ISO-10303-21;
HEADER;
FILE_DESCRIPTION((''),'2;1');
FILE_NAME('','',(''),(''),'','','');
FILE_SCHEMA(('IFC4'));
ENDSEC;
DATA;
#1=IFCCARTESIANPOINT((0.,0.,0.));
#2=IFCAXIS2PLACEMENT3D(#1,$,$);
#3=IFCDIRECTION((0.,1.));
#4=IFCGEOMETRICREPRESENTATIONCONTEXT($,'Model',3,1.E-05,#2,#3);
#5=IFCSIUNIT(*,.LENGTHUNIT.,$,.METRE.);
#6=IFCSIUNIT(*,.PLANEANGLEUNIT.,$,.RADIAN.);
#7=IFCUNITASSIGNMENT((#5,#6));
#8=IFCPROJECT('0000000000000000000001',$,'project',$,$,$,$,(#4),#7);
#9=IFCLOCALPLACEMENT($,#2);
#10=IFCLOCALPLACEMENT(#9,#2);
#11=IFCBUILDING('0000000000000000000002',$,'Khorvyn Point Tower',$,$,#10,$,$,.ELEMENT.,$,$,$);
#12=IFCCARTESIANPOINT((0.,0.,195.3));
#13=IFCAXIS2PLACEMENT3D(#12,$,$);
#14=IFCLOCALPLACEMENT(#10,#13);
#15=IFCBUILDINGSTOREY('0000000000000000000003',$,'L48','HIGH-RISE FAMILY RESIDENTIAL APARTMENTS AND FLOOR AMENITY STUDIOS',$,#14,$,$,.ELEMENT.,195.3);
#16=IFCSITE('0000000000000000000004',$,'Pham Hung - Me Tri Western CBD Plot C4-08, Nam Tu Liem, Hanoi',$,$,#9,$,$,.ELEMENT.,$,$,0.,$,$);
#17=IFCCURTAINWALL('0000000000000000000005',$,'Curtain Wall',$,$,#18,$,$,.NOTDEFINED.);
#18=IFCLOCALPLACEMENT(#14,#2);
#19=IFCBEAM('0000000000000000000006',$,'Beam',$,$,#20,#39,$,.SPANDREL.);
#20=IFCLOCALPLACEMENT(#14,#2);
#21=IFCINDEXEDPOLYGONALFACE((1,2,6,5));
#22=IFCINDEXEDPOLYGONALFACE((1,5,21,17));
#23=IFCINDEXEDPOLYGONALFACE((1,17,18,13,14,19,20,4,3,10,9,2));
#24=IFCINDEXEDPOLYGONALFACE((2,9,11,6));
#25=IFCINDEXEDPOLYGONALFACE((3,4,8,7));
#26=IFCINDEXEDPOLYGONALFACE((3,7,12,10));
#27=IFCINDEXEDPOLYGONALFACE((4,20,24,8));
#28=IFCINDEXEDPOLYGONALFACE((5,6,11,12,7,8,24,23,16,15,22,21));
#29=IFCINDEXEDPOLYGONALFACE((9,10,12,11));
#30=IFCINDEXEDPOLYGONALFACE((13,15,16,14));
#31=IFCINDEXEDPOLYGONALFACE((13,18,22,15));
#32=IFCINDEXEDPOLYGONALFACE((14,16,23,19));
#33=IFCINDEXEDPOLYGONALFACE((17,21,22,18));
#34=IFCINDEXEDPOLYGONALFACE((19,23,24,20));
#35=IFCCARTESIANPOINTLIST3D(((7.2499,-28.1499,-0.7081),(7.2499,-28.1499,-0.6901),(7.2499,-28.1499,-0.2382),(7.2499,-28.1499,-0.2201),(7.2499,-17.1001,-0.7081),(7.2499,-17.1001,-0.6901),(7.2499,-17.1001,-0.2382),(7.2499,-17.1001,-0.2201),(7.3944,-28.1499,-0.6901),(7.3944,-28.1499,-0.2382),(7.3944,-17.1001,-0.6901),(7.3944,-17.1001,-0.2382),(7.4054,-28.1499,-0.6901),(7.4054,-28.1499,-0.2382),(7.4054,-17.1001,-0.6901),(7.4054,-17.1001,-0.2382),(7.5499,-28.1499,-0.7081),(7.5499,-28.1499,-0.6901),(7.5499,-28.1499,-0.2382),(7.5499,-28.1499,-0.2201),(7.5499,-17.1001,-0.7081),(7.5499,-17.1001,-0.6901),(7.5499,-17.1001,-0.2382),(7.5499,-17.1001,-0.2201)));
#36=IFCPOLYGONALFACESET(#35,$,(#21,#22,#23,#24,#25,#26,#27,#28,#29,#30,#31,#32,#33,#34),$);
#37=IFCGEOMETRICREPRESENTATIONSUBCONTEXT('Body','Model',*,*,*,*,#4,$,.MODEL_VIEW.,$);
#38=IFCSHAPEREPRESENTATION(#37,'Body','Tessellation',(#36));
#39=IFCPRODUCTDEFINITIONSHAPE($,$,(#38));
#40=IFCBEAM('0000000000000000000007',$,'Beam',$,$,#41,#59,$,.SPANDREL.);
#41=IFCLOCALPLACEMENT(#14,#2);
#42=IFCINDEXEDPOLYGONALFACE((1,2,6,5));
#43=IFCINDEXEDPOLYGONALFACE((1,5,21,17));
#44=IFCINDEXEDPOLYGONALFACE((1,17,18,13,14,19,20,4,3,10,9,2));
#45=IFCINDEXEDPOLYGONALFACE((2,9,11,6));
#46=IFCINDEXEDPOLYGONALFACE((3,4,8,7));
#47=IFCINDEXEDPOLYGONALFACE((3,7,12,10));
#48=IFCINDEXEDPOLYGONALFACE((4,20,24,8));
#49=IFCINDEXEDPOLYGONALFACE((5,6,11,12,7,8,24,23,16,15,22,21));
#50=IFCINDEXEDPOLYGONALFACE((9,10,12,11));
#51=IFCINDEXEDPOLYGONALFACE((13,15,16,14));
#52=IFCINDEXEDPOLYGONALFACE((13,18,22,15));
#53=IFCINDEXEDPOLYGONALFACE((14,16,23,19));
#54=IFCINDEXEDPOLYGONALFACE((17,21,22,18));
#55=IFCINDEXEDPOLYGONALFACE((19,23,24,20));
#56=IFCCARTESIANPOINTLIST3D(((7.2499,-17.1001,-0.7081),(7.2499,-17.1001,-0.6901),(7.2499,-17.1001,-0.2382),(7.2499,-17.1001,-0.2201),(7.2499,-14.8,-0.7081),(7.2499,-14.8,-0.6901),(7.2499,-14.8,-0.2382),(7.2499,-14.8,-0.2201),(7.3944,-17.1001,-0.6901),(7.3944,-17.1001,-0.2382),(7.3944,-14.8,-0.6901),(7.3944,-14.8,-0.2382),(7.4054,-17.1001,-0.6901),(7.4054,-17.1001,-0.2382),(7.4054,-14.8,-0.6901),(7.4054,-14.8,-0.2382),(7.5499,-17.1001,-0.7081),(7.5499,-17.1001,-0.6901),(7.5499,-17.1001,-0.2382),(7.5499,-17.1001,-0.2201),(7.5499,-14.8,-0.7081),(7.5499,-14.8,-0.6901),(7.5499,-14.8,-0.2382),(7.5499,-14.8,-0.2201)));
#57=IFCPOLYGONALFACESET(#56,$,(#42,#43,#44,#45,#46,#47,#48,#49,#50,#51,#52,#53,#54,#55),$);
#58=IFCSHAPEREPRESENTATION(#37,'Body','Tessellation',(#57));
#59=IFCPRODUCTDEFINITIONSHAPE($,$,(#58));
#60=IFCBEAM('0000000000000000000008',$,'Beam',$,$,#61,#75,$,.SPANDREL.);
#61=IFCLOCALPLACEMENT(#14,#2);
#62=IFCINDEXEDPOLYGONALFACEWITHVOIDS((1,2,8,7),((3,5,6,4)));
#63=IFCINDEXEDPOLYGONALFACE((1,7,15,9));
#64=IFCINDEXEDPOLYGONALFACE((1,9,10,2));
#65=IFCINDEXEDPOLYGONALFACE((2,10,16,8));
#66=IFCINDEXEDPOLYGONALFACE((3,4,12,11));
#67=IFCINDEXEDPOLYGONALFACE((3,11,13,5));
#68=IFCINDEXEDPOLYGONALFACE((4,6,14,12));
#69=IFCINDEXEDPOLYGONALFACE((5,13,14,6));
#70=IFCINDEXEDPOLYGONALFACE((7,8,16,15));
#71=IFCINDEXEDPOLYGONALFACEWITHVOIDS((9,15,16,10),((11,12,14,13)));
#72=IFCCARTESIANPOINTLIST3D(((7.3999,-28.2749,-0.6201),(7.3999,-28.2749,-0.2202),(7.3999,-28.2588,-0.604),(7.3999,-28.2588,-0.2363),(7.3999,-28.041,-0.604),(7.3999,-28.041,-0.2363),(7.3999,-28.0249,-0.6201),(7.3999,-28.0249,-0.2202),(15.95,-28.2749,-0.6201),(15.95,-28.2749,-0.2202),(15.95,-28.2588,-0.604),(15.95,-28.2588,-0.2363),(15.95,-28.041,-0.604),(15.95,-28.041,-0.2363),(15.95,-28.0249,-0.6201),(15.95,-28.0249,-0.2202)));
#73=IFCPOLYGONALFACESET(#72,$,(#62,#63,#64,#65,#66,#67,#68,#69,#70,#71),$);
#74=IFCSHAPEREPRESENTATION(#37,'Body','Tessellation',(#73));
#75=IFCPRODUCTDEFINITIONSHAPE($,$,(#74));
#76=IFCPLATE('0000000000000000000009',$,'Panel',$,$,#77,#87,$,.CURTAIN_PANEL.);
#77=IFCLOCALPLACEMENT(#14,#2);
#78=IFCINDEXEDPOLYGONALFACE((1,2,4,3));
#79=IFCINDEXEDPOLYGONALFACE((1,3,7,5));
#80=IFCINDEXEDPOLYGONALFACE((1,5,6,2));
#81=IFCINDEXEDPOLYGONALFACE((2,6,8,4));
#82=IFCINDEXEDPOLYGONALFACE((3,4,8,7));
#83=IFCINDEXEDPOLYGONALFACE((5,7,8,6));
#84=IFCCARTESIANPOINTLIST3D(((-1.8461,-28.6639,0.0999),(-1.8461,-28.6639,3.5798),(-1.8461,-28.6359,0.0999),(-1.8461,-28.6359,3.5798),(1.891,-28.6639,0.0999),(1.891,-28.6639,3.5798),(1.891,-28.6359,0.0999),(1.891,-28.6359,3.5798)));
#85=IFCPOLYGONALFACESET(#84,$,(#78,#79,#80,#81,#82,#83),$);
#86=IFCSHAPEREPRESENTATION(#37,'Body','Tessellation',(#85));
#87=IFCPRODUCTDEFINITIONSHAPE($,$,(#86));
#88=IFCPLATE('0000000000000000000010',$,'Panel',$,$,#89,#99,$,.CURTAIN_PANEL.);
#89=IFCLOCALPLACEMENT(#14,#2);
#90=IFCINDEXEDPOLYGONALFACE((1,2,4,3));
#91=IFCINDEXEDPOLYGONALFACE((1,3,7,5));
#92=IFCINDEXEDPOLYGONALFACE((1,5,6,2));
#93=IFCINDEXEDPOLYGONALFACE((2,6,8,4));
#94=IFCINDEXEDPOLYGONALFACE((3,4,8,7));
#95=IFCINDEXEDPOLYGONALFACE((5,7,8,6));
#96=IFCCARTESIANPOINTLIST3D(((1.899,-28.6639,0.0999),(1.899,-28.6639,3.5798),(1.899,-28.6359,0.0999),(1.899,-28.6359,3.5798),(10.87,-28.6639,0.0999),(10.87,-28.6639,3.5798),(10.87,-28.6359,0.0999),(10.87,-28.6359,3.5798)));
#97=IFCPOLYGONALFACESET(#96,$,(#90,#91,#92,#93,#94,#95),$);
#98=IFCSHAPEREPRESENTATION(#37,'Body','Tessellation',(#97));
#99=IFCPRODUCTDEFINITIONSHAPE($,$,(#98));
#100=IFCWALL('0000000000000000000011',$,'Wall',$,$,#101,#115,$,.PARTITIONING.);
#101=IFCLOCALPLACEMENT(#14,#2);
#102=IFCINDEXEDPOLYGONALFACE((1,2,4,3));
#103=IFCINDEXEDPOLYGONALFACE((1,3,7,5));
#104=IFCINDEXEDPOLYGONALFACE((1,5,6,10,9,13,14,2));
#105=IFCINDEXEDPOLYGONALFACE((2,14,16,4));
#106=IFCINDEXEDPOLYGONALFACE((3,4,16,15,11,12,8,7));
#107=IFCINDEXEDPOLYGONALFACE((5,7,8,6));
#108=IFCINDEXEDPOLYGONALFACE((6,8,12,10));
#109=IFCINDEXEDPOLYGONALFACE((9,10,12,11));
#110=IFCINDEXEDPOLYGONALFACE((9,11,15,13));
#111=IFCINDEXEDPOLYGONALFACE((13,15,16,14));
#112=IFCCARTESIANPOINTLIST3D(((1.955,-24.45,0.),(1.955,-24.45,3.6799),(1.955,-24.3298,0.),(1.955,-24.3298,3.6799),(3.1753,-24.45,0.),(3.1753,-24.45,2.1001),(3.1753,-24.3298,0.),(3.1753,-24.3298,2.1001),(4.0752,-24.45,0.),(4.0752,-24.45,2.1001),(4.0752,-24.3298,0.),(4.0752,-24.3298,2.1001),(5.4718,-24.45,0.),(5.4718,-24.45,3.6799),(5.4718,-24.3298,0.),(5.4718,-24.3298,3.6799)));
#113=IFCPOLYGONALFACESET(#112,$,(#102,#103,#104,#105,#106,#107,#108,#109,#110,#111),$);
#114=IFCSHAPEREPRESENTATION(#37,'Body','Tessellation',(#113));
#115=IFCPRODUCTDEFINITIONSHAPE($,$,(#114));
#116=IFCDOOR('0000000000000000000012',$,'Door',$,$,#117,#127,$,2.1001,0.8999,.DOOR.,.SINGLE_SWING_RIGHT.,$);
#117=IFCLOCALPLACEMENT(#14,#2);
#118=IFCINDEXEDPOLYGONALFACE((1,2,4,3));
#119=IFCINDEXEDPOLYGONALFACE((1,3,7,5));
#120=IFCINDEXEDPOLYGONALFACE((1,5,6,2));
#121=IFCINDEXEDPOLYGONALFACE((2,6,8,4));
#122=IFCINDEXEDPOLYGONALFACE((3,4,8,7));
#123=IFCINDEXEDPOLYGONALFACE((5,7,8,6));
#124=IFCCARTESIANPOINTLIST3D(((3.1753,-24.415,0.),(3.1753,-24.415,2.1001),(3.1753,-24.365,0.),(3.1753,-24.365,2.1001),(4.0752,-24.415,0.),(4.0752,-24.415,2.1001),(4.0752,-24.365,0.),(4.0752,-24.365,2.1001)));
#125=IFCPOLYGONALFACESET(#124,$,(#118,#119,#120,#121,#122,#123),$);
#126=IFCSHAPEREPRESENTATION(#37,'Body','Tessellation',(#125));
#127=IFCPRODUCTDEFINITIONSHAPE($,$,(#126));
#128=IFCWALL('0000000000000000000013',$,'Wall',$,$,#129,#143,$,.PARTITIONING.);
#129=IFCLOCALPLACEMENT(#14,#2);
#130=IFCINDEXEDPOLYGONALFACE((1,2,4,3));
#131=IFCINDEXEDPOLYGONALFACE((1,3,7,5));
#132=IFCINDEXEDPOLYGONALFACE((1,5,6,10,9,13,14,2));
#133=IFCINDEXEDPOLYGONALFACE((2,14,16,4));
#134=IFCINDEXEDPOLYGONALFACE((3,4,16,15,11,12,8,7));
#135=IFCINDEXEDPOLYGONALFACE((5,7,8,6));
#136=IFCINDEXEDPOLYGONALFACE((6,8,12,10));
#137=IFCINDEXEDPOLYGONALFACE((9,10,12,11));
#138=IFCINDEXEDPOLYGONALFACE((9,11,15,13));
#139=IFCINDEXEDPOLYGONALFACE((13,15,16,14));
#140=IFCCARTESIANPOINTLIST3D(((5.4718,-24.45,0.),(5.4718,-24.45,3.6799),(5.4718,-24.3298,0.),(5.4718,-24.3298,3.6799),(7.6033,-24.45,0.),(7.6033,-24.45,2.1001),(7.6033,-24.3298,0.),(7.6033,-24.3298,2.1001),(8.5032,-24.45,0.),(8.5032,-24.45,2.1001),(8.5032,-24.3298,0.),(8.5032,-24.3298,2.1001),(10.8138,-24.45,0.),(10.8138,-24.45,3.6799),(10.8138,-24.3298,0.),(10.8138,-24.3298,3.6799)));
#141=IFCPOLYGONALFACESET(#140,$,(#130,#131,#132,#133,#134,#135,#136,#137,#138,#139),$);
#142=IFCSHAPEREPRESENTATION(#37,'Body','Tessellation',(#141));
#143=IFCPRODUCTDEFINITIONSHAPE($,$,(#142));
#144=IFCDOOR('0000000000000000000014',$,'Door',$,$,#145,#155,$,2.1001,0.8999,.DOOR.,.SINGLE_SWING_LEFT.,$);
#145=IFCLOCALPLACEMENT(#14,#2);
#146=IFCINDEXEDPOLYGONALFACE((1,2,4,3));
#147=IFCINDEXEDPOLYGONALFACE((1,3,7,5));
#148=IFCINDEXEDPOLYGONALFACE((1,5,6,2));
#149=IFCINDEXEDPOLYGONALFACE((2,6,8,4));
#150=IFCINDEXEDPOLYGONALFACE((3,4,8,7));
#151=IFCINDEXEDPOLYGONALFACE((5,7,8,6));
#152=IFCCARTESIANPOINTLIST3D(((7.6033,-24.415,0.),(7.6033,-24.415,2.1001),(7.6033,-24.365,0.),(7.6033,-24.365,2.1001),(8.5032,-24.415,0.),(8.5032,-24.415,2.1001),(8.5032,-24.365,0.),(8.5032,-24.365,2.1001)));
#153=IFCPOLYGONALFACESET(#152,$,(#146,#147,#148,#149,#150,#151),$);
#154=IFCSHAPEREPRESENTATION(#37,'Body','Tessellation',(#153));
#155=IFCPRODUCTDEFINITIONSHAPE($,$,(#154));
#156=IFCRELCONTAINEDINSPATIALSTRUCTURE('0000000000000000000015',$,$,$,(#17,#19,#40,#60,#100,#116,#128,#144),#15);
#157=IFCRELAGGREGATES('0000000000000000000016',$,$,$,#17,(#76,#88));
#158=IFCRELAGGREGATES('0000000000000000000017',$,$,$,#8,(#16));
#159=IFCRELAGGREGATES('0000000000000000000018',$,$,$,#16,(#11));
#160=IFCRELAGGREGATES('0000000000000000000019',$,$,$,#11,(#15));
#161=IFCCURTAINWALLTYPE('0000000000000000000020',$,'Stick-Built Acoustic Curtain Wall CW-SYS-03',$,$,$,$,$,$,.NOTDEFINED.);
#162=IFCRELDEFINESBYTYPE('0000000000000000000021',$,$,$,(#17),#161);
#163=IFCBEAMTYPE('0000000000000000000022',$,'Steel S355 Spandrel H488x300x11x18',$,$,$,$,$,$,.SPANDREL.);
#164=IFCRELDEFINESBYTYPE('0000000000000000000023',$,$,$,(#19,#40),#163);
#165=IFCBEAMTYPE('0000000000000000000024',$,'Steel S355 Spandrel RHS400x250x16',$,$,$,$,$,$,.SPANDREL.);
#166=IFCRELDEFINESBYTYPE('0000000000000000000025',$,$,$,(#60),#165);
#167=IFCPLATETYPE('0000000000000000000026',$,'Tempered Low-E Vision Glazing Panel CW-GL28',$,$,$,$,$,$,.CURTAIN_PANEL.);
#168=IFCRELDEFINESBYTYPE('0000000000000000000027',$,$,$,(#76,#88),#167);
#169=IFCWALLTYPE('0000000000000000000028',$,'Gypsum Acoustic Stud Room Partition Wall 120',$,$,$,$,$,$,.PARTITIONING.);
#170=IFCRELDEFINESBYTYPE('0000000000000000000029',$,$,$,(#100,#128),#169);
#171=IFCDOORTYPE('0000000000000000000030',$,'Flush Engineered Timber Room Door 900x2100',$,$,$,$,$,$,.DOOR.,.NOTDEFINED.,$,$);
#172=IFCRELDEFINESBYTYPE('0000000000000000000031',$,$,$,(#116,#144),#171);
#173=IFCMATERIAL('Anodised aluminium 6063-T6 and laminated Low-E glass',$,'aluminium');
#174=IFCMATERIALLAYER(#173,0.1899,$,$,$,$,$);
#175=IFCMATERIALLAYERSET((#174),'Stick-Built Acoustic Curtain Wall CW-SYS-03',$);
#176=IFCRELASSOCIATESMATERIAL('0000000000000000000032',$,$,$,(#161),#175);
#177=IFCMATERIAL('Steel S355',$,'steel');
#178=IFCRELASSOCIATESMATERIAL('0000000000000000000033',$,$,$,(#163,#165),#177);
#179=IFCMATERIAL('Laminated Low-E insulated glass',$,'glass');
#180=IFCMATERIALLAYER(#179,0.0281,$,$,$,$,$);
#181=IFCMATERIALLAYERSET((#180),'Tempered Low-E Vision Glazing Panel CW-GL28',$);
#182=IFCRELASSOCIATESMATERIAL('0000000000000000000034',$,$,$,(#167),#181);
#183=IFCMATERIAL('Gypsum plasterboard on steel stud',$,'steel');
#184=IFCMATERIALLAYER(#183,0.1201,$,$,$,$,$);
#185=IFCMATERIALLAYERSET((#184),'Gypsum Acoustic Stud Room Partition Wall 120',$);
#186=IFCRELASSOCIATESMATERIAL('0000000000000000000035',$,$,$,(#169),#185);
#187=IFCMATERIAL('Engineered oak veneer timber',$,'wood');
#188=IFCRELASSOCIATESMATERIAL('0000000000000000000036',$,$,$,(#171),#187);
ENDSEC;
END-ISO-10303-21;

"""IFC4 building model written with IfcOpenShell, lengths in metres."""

from ifc_helpers import new_model, si_unit, direction, frame, frame_2d, origin, origin_2d, place, context, subcontext, project, spatial, rectangle, hollow_rectangle, i_section, extrude, material, layer, layer_set, material_profile, profile_set, type_object, element, fill, aggregate, save


model = new_model("IFC4")

# Units and contexts
model_context = context("Model", 3, precision=1e-05, world=origin(), true_north=direction((0.0, 1.0)))
body_context = subcontext(model_context, "Body", "Model", "MODEL_VIEW")
ifc_project = project(units=[si_unit("LENGTHUNIT", "METRE"), si_unit("PLANEANGLEUNIT", "RADIAN")], contexts=[model_context])

# Site, building, storey
site_placement = place(None, origin())
site = spatial("IfcSite", under=ifc_project, at=site_placement, Name="Pham Hung - Me Tri Western CBD Plot C4-08, Nam Tu Liem, Hanoi", CompositionType="ELEMENT", RefElevation=0.0)
building_placement = place(site_placement, origin())
building = spatial("IfcBuilding", under=site, at=building_placement, Name="Khorvyn Point Tower", CompositionType="ELEMENT")
storey_placement = place(building_placement, frame((0.0, 0.0, 195.3)))
storey = spatial("IfcBuildingStorey", under=building, at=storey_placement, Name="L48", Description="HIGH-RISE FAMILY RESIDENTIAL APARTMENTS AND FLOOR AMENITY STUDIOS", CompositionType="ELEMENT", Elevation=195.3)

# Curtain wall
ifc_material_1 = material(Name="Anodised aluminium 6063-T6 and laminated Low-E glass", Category="aluminium")
ifc_layer_1 = layer(ifc_material_1, 0.1899)
ifc_layer_set_1 = layer_set([ifc_layer_1], Name="Stick-Built Acoustic Curtain Wall CW-SYS-03")
curtain_wall_type = type_object("IfcCurtainWallType", Name="Stick-Built Acoustic Curtain Wall CW-SYS-03", PredefinedType="NOTDEFINED", material=ifc_layer_set_1)
curtain_wall_placement = place(storey_placement, origin())
curtain_wall = element("IfcCurtainWall", 1, at=curtain_wall_placement, inside=storey, type_object=curtain_wall_type, Name="Curtain Wall", PredefinedType="NOTDEFINED")

# Beams
ifc_material_2 = material(Name="Steel S355", Category="steel")
ifc_material_profile_1 = material_profile(ifc_material_2, i_section(OverallWidth=0.3, OverallDepth=0.488, WebThickness=0.011, FlangeThickness=0.0181, at=origin_2d()))
ifc_profile_set_1 = profile_set([ifc_material_profile_1], Name="Steel S355 H488x300x11x18")
beam_type_1 = type_object("IfcBeamType", Name="Steel S355 Spandrel H488x300x11x18", PredefinedType="SPANDREL", material=ifc_profile_set_1)
beam_1_placement = place(storey_placement, frame((7.3999, -28.1499, -0.4641), z_axis=(0.0, 1.0, 0.0), x_axis=(-1.0, 0.0, 0.0)))
element("IfcBeam", 2, at=beam_1_placement, inside=storey, type_object=beam_type_1, Name="Beam", PredefinedType="SPANDREL", context=body_context, shape_type="SweptSolid", body=[
    extrude(i_section(OverallWidth=0.3, OverallDepth=0.488, WebThickness=0.011, FlangeThickness=0.0181, at=origin_2d()), origin(), (0.0, 0.0, 1.0), 11.0498),
])
beam_2_placement = place(storey_placement, frame((7.3999, -17.1001, -0.4641), z_axis=(0.0, 1.0, 0.0), x_axis=(-1.0, 0.0, 0.0)))
element("IfcBeam", 3, at=beam_2_placement, inside=storey, type_object=beam_type_1, Name="Beam", PredefinedType="SPANDREL", context=body_context, shape_type="SweptSolid", body=[
    extrude(i_section(OverallWidth=0.3, OverallDepth=0.488, WebThickness=0.011, FlangeThickness=0.0181, at=origin_2d()), origin(), (0.0, 0.0, 1.0), 2.3),
])
ifc_material_profile_2 = material_profile(ifc_material_2, hollow_rectangle(XDim=0.25, YDim=0.3999, WallThickness=0.0161, at=origin_2d()))
ifc_profile_set_2 = profile_set([ifc_material_profile_2], Name="Steel S355 RHS400x250x16")
beam_type_2 = type_object("IfcBeamType", Name="Steel S355 Spandrel RHS400x250x16", PredefinedType="SPANDREL", material=ifc_profile_set_2)
beam_3_placement = place(storey_placement, frame((7.3999, -28.1499, -0.4202), z_axis=(1.0, 0.0, 0.0), x_axis=(0.0, 1.0, 0.0)))
element("IfcBeam", 4, at=beam_3_placement, inside=storey, type_object=beam_type_2, Name="Beam", PredefinedType="SPANDREL", context=body_context, shape_type="SweptSolid", body=[
    extrude(hollow_rectangle(XDim=0.25, YDim=0.3999, WallThickness=0.0161, at=origin_2d()), origin(), (0.0, 0.0, 1.0), 8.55),
])

# Plates
ifc_material_3 = material(Name="Laminated Low-E insulated glass", Category="glass")
ifc_layer_2 = layer(ifc_material_3, 0.0281)
ifc_layer_set_2 = layer_set([ifc_layer_2], Name="Tempered Low-E Vision Glazing Panel CW-GL28")
plate_type = type_object("IfcPlateType", Name="Tempered Low-E Vision Glazing Panel CW-GL28", PredefinedType="CURTAIN_PANEL", material=ifc_layer_set_2)
plate_1_placement = place(storey_placement, frame((0.0225, -28.6499, 0.0999), z_axis=(0.0, 0.0, 1.0), x_axis=(-1.0, 0.0, 0.0)))
plate_1 = element("IfcPlate", 5, at=plate_1_placement, type_object=plate_type, Name="Panel", PredefinedType="CURTAIN_PANEL", context=body_context, shape_type="SweptSolid", body=[
    extrude(rectangle(XDim=3.7371, YDim=0.0281, at=origin_2d()), origin(), (0.0, 0.0, 1.0), 3.48),
])
plate_2_placement = place(storey_placement, frame((6.3845, -28.6499, 0.0999), z_axis=(0.0, 0.0, 1.0), x_axis=(-1.0, 0.0, 0.0)))
plate_2 = element("IfcPlate", 6, at=plate_2_placement, type_object=plate_type, Name="Panel", PredefinedType="CURTAIN_PANEL", context=body_context, shape_type="SweptSolid", body=[
    extrude(rectangle(XDim=8.9709, YDim=0.0281, at=origin_2d()), origin(), (0.0, 0.0, 1.0), 3.48),
])
aggregate(curtain_wall, [plate_1, plate_2])

# Walls, openings, doors
ifc_material_4 = material(Name="Gypsum plasterboard on steel stud", Category="steel")
ifc_layer_3 = layer(ifc_material_4, 0.1201)
ifc_layer_set_3 = layer_set([ifc_layer_3], Name="Gypsum Acoustic Stud Room Partition Wall 120")
wall_type_1 = type_object("IfcWallType", Name="Gypsum Acoustic Stud Room Partition Wall 120", PredefinedType="PARTITIONING", material=ifc_layer_set_3)
wall_1_placement = place(storey_placement, frame((1.9551, -24.3899, 0.0), z_axis=(0.0, 0.0, 1.0), x_axis=(1.0, 0.0, 0.0)))
wall_1 = element("IfcWall", 7, at=wall_1_placement, inside=storey, type_object=wall_type_1, Name="Wall", PredefinedType="PARTITIONING", context=body_context, shape_type="SweptSolid", body=[
    extrude(rectangle(XDim=3.5168, YDim=0.1201, at=frame_2d((1.7583, 0.0))), origin(), (0.0, 0.0, 1.0), 3.6799),
])
opening_1_placement = place(wall_1_placement, frame((1.2202, 0.0, 0.0)))
opening_1 = element("IfcOpeningElement", 8, at=opening_1_placement, cuts=wall_1, PredefinedType="OPENING", context=body_context, shape_type="SweptSolid", body=[
    extrude(rectangle(XDim=0.8999, YDim=2.1001, at=frame_2d((0.45, 1.05))), frame((0.0, 0.0701, 0.0), z_axis=(0.0, -1.0, 0.0), x_axis=(1.0, 0.0, 0.0)), (0.0, 0.0, 1.0), 0.1401),
])
ifc_material_5 = material(Name="Engineered oak veneer timber", Category="wood")
door_type_1 = type_object("IfcDoorType", Name="Flush Engineered Timber Room Door 900x2100", OperationType="NOTDEFINED", PredefinedType="DOOR", material=ifc_material_5)
door_1_placement = place(opening_1_placement, origin())
door_1 = element("IfcDoor", 9, at=door_1_placement, inside=storey, type_object=door_type_1, Name="Door", OperationType="SINGLE_SWING_RIGHT", OverallHeight=2.1001, OverallWidth=0.8999, PredefinedType="DOOR", context=body_context, shape_type="SweptSolid", body=[
    extrude(rectangle(XDim=0.8999, YDim=2.1001, at=frame_2d((0.45, 1.05))), frame((0.0, 0.0249, 0.0), z_axis=(0.0, -1.0, 0.0), x_axis=(1.0, 0.0, 0.0)), (0.0, 0.0, 1.0), 0.05),
])
fill(opening_1, door_1)
wall_2_placement = place(storey_placement, frame((5.4719, -24.3899, 0.0), z_axis=(0.0, 0.0, 1.0), x_axis=(1.0, 0.0, 0.0)))
wall_2 = element("IfcWall", 10, at=wall_2_placement, inside=storey, type_object=wall_type_1, Name="Wall", PredefinedType="PARTITIONING", context=body_context, shape_type="SweptSolid", body=[
    extrude(rectangle(XDim=5.342, YDim=0.1201, at=frame_2d((2.6709, 0.0))), origin(), (0.0, 0.0, 1.0), 3.6799),
])
opening_2_placement = place(wall_2_placement, frame((2.1313, 0.0, 0.0)))
opening_2 = element("IfcOpeningElement", 11, at=opening_2_placement, cuts=wall_2, PredefinedType="OPENING", context=body_context, shape_type="SweptSolid", body=[
    extrude(rectangle(XDim=0.8999, YDim=2.1001, at=frame_2d((0.45, 1.05))), frame((0.0, 0.0701, 0.0), z_axis=(0.0, -1.0, 0.0), x_axis=(1.0, 0.0, 0.0)), (0.0, 0.0, 1.0), 0.1401),
])
door_2_placement = place(opening_2_placement, origin())
door_2 = element("IfcDoor", 12, at=door_2_placement, inside=storey, type_object=door_type_1, Name="Door", OperationType="SINGLE_SWING_LEFT", OverallHeight=2.1001, OverallWidth=0.8999, PredefinedType="DOOR", context=body_context, shape_type="SweptSolid", body=[
    extrude(rectangle(XDim=0.8999, YDim=2.1001, at=frame_2d((0.45, 1.05))), frame((0.0, 0.0249, 0.0), z_axis=(0.0, -1.0, 0.0), x_axis=(1.0, 0.0, 0.0)), (0.0, 0.0, 1.0), 0.05),
])
fill(opening_2, door_2)

save(model, "model.ifc")
